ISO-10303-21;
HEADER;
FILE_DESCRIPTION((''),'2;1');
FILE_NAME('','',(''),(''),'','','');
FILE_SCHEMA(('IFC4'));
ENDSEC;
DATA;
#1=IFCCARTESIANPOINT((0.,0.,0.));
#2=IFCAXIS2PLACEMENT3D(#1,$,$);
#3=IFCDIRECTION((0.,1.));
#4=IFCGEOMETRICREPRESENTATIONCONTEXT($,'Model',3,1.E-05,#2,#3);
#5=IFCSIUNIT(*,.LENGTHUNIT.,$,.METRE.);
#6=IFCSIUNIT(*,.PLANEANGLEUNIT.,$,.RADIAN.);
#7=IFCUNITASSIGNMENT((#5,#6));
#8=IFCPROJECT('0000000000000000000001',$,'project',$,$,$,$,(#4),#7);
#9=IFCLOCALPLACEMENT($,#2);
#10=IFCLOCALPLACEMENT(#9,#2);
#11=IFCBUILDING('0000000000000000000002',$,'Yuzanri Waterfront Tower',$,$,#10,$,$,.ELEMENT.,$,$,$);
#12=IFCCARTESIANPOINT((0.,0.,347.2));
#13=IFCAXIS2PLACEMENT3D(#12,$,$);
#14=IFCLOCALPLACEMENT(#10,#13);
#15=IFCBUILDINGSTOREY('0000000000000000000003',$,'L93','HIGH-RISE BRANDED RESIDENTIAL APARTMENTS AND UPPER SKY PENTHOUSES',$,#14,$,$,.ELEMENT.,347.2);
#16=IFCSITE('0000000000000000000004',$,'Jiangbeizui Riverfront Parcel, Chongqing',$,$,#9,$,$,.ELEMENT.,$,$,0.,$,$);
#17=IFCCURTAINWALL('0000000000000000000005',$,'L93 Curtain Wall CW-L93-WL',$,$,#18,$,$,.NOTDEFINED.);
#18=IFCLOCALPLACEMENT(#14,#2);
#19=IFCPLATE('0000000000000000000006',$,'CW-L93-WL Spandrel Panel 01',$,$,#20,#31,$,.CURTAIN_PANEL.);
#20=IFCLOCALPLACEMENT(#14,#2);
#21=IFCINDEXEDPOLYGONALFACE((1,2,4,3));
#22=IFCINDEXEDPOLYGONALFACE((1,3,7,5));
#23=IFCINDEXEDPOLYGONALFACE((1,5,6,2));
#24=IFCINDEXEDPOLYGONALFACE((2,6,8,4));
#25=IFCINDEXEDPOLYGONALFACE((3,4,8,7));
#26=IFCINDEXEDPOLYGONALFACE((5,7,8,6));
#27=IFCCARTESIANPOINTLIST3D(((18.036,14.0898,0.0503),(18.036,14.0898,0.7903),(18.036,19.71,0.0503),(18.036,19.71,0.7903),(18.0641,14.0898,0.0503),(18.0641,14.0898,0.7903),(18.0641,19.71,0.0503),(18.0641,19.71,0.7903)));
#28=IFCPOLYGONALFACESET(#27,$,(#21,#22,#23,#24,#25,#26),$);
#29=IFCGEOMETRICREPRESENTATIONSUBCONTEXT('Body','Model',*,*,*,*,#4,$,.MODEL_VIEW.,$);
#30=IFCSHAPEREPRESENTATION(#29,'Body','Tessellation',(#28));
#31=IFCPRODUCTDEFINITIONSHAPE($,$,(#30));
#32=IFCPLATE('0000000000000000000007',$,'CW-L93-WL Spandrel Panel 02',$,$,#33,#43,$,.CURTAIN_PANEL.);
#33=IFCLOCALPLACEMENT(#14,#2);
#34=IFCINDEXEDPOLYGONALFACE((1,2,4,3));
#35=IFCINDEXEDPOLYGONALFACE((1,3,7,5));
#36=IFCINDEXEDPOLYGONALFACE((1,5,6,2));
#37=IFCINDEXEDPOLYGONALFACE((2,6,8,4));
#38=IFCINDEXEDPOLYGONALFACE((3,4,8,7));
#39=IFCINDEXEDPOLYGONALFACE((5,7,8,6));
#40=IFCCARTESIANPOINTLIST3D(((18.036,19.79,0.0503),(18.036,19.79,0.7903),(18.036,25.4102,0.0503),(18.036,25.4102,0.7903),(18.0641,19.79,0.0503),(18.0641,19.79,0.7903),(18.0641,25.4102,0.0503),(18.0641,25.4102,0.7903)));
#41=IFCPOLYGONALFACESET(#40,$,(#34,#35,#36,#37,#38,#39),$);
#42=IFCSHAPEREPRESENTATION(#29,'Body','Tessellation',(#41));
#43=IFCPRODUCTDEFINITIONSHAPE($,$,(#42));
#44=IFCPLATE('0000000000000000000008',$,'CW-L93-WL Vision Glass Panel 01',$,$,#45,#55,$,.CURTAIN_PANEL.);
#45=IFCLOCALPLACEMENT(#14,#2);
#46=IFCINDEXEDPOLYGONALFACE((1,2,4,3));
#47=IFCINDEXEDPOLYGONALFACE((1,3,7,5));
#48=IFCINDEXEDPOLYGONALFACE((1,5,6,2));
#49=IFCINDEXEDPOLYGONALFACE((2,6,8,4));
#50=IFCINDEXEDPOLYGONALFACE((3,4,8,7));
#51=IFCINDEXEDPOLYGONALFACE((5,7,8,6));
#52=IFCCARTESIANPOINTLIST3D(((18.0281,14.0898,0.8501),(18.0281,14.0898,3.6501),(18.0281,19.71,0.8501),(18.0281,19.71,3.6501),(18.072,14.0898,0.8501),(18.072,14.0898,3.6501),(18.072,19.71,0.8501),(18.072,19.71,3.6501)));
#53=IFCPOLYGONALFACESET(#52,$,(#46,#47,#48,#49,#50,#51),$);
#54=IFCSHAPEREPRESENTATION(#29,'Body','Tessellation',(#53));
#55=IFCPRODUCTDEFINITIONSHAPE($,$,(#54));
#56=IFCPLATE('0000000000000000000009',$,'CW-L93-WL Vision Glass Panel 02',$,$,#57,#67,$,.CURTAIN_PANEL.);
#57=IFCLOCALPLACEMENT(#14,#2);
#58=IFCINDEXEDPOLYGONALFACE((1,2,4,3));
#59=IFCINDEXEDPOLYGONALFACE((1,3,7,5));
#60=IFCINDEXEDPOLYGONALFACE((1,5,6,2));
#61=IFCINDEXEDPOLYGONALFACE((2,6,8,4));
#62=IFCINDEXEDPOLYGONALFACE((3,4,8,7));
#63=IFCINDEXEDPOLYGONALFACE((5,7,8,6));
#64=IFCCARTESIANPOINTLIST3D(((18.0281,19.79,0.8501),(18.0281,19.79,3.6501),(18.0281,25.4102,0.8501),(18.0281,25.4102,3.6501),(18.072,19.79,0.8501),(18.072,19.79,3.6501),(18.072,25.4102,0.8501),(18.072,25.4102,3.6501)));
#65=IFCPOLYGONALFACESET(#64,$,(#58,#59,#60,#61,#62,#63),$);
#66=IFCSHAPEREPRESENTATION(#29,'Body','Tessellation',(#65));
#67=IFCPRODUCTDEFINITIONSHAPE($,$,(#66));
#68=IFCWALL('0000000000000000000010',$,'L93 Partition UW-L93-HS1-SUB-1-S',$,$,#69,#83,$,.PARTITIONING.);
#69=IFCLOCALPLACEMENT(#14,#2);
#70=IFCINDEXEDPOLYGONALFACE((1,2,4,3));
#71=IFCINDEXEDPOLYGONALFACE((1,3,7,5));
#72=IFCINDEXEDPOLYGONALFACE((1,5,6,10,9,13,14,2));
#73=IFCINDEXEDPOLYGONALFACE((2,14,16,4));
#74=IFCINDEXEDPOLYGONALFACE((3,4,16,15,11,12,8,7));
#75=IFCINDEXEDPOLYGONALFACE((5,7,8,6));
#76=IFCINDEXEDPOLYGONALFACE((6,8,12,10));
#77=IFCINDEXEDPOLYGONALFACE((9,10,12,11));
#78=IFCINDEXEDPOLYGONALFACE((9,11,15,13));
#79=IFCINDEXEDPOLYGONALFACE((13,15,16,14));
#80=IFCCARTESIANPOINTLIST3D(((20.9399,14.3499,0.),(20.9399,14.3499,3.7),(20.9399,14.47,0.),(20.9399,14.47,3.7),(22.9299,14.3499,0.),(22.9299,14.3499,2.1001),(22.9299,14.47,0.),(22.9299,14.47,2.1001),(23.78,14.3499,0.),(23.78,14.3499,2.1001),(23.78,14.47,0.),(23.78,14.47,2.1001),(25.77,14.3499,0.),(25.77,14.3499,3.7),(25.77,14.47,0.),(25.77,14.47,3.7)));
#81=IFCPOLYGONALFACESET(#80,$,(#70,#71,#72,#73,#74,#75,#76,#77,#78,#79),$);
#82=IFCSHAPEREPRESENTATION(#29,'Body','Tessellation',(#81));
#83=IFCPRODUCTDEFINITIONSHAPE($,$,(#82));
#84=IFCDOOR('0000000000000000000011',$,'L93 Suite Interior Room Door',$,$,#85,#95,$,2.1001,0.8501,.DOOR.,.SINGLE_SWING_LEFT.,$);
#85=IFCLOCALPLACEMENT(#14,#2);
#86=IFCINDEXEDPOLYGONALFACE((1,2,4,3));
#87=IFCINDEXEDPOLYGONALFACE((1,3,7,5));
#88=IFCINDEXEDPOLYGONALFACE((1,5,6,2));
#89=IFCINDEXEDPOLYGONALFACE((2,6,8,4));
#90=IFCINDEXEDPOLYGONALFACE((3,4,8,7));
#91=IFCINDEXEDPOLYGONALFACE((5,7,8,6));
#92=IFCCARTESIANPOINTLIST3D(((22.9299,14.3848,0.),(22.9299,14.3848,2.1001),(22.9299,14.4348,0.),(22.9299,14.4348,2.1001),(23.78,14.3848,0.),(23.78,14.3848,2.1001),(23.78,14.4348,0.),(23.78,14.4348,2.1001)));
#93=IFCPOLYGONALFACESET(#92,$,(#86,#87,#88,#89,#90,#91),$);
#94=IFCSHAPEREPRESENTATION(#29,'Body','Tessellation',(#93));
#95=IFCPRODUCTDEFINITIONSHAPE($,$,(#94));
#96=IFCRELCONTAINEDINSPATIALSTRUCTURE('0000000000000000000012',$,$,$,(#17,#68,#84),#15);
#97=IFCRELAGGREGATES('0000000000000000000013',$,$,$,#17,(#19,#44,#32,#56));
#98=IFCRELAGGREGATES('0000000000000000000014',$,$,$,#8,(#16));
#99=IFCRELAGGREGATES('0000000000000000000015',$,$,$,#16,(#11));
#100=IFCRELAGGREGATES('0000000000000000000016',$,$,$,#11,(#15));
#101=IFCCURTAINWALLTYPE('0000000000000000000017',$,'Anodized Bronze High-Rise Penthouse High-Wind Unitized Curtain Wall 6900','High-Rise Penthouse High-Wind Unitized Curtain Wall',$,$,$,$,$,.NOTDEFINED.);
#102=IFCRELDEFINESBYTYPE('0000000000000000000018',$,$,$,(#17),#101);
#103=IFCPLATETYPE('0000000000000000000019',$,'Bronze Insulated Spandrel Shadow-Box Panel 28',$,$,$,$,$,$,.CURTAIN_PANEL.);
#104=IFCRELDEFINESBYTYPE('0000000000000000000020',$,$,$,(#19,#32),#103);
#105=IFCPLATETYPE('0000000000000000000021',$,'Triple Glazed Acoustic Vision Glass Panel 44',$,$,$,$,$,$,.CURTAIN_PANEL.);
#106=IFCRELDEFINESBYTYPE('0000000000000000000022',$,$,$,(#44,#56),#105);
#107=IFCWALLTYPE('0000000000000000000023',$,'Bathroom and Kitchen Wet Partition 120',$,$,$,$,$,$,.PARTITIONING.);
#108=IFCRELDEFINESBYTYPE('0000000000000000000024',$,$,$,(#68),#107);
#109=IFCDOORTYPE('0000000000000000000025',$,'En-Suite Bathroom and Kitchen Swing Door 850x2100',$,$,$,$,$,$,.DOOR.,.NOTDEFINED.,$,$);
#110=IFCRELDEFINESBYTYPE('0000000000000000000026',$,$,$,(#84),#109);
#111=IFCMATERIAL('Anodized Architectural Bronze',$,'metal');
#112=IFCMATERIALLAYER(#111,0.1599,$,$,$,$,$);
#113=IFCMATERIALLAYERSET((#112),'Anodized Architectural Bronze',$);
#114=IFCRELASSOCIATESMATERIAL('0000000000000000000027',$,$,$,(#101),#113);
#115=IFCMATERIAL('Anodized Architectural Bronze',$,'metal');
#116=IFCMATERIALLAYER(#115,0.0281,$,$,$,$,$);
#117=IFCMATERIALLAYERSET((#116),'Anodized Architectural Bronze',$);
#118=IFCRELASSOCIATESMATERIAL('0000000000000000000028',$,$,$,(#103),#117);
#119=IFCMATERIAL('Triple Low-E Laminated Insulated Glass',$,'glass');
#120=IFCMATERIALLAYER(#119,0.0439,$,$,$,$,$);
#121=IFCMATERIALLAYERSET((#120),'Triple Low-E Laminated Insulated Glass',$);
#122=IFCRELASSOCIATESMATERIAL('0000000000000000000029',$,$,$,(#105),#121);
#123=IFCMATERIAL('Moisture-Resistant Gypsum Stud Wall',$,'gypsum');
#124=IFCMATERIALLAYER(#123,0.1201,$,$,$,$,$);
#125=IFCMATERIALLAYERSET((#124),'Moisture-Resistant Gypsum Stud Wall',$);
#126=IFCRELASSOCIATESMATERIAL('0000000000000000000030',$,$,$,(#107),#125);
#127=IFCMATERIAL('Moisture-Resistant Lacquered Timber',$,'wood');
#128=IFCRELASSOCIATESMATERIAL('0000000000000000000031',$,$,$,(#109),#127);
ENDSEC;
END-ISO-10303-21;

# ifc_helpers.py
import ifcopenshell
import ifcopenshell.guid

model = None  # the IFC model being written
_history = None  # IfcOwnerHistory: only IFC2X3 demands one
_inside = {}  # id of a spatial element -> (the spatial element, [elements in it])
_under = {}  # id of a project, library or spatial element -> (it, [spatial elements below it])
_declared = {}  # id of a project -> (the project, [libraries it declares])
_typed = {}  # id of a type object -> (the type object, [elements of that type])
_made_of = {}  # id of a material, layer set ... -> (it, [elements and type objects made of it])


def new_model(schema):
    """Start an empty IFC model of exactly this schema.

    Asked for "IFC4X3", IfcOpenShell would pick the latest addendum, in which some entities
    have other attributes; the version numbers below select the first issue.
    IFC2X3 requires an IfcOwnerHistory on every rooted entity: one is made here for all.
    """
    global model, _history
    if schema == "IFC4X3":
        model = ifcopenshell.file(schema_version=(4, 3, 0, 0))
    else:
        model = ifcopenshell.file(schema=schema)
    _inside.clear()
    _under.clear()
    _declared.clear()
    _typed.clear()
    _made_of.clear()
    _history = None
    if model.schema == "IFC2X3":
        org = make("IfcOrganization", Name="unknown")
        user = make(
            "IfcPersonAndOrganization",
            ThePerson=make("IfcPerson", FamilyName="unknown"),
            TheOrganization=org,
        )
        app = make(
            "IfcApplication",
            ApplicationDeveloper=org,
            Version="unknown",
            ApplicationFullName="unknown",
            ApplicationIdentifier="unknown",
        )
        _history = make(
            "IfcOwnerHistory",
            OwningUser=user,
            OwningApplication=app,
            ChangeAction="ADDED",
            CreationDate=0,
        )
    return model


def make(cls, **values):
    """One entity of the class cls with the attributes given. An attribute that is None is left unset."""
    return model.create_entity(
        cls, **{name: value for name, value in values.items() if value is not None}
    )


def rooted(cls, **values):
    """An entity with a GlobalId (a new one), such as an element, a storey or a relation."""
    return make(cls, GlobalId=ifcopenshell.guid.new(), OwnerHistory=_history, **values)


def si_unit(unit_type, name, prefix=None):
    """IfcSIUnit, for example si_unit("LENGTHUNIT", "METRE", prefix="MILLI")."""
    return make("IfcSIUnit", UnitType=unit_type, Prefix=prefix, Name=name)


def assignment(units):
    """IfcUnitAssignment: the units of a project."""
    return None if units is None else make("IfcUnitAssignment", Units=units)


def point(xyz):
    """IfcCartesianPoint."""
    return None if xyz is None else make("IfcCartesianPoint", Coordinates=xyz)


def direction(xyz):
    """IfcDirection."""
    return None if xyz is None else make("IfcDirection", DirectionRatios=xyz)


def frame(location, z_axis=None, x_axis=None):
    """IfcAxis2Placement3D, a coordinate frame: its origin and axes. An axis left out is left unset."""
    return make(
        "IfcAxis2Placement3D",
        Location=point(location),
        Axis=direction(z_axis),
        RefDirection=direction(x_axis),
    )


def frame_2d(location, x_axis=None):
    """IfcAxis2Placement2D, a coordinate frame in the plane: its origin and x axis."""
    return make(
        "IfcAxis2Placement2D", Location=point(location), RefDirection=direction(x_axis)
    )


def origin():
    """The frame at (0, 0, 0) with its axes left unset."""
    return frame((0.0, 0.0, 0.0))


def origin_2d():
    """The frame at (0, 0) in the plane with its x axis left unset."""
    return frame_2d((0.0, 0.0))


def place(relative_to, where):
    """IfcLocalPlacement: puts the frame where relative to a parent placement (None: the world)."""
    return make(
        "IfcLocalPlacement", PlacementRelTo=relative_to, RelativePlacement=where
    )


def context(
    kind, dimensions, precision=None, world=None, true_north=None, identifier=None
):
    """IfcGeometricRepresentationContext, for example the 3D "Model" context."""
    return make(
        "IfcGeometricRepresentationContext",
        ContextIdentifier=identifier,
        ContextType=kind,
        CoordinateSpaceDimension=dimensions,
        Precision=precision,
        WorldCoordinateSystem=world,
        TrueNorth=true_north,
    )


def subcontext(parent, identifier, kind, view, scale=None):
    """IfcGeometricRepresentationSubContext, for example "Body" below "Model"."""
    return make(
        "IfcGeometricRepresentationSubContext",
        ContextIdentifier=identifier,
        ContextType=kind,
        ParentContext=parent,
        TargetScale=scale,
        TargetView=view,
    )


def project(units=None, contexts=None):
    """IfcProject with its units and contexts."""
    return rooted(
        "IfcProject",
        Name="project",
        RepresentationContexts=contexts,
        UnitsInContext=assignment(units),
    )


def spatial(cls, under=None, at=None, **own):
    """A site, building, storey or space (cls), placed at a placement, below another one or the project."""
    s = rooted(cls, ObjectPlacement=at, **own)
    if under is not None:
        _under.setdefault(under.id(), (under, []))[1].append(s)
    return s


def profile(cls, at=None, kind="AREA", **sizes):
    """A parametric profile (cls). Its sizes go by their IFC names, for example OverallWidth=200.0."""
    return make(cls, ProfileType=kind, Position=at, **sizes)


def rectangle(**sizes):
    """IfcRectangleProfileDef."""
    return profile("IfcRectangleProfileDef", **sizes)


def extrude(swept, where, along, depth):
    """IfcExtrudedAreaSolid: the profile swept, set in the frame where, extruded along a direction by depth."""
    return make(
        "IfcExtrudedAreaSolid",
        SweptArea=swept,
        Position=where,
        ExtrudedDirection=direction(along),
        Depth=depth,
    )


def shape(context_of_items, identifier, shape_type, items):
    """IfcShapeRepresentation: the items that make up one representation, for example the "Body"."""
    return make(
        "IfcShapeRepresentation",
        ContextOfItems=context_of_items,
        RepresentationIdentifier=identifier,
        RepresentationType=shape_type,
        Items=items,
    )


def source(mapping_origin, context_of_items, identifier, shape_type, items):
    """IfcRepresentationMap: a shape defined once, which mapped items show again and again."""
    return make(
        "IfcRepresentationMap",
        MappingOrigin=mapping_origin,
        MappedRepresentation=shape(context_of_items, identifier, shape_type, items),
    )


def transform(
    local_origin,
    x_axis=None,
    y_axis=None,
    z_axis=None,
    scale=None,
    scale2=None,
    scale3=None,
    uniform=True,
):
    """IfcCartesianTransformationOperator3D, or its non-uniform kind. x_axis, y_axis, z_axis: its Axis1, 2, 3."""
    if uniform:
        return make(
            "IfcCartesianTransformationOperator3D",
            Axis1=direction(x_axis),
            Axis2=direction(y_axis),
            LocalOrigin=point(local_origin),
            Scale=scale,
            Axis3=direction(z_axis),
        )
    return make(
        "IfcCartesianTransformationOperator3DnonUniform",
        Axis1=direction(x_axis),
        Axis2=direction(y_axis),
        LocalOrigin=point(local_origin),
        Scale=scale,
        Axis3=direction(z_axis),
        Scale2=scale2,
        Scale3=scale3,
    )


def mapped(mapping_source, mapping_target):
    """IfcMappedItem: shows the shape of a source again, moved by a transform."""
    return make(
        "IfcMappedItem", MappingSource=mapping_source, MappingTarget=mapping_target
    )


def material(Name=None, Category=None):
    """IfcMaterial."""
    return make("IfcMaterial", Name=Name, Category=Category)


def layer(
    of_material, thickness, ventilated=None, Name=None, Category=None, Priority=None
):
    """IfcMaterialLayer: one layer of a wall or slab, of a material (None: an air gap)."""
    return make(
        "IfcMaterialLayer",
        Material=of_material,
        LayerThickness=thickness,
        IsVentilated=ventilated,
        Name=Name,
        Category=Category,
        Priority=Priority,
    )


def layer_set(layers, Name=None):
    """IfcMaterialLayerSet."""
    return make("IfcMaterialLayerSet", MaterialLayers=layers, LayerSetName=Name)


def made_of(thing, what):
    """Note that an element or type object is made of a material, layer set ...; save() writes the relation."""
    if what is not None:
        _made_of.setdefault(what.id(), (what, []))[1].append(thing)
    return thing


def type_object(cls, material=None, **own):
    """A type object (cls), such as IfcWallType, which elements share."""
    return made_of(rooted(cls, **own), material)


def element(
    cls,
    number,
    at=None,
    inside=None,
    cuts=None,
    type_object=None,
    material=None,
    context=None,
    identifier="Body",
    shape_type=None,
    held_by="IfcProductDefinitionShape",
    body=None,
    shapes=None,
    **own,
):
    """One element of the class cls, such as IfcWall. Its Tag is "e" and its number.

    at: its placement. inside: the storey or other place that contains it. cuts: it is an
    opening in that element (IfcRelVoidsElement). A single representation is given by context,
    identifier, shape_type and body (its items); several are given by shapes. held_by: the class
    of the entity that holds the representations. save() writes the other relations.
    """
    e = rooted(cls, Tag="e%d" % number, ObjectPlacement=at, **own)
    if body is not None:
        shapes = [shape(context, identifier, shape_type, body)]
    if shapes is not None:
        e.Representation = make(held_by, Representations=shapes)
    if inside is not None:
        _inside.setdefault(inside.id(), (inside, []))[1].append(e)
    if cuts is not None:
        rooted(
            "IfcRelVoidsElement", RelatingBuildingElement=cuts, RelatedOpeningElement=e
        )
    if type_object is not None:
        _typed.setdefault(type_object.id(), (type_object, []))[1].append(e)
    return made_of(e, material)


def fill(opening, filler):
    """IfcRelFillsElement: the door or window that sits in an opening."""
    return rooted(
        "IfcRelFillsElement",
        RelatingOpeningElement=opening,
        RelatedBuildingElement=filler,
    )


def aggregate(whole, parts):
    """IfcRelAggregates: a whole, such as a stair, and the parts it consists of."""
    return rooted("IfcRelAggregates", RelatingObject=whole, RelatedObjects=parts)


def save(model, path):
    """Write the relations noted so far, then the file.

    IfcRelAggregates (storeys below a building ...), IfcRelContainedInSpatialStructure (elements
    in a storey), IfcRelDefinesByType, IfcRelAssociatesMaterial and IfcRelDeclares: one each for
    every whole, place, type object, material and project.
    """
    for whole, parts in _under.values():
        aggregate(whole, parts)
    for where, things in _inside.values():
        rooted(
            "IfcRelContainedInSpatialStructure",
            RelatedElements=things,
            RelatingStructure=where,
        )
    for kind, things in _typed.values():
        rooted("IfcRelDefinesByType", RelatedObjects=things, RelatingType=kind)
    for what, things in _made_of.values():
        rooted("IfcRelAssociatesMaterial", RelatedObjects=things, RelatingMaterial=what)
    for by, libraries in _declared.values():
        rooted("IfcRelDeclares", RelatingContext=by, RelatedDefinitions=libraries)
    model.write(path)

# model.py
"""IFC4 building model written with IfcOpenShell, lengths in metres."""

from ifc_helpers import new_model, si_unit, direction, frame, frame_2d, origin, origin_2d, place, context, subcontext, project, spatial, rectangle, extrude, source, transform, mapped, material, layer, layer_set, type_object, element, fill, aggregate, save


model = new_model("IFC4")

# Units and contexts
model_context = context("Model", 3, precision=1e-05, world=origin(), true_north=direction((0.0, 1.0)))
body_context = subcontext(model_context, "Body", "Model", "MODEL_VIEW")
ifc_project = project(units=[si_unit("LENGTHUNIT", "METRE"), si_unit("PLANEANGLEUNIT", "RADIAN")], contexts=[model_context])

# Site, building, storey
site_placement = place(None, origin())
site = spatial("IfcSite", under=ifc_project, at=site_placement, Name="Jiangbeizui Riverfront Parcel, Chongqing", CompositionType="ELEMENT", RefElevation=0.0)
building_placement = place(site_placement, origin())
building = spatial("IfcBuilding", under=site, at=building_placement, Name="Yuzanri Waterfront Tower", CompositionType="ELEMENT")
storey_placement = place(building_placement, frame((0.0, 0.0, 347.2)))
storey = spatial("IfcBuildingStorey", under=building, at=storey_placement, Name="L93", Description="HIGH-RISE BRANDED RESIDENTIAL APARTMENTS AND UPPER SKY PENTHOUSES", CompositionType="ELEMENT", Elevation=347.2)

# Curtain wall, plates
ifc_material_1 = material(Name="Anodized Architectural Bronze", Category="metal")
ifc_layer_1 = layer(ifc_material_1, 0.1599)
ifc_layer_set_1 = layer_set([ifc_layer_1], Name="Anodized Architectural Bronze")
curtain_wall_type = type_object("IfcCurtainWallType", Name="Anodized Bronze High-Rise Penthouse High-Wind Unitized Curtain Wall 6900", Description="High-Rise Penthouse High-Wind Unitized Curtain Wall", PredefinedType="NOTDEFINED", material=ifc_layer_set_1)
curtain_wall_placement = place(storey_placement, origin())
curtain_wall = element("IfcCurtainWall", 1, at=curtain_wall_placement, inside=storey, type_object=curtain_wall_type, Name="L93 Curtain Wall CW-L93-WL", PredefinedType="NOTDEFINED")
ifc_material_2 = material(Name="Anodized Architectural Bronze", Category="metal")
ifc_layer_2 = layer(ifc_material_2, 0.0281)
ifc_layer_set_2 = layer_set([ifc_layer_2], Name="Anodized Architectural Bronze")
plate_type_1 = type_object("IfcPlateType", Name="Bronze Insulated Spandrel Shadow-Box Panel 28", PredefinedType="CURTAIN_PANEL", material=ifc_layer_set_2)
shared_shape_1 = source(origin(), body_context, "Body", "SweptSolid", [
    extrude(rectangle(XDim=5.6201, YDim=0.0281, at=origin_2d()), origin(), (0.0, 0.0, 1.0), 0.74),
])
plate_1_placement = place(storey_placement, frame((18.05, 16.8999, 0.0503), z_axis=(0.0, 0.0, 1.0), x_axis=(0.0, 1.0, 0.0)))
plate_1 = element("IfcPlate", 2, at=plate_1_placement, type_object=plate_type_1, Name="CW-L93-WL Spandrel Panel 01", PredefinedType="CURTAIN_PANEL", context=body_context, shape_type="MappedRepresentation", body=[
    mapped(shared_shape_1, transform((0.0, 0.0, 0.0), scale=1.0)),
])
plate_2_placement = place(storey_placement, frame((18.05, 22.6001, 0.0503), z_axis=(0.0, 0.0, 1.0), x_axis=(0.0, 1.0, 0.0)))
plate_2 = element("IfcPlate", 3, at=plate_2_placement, type_object=plate_type_1, Name="CW-L93-WL Spandrel Panel 02", PredefinedType="CURTAIN_PANEL", context=body_context, shape_type="MappedRepresentation", body=[
    mapped(shared_shape_1, transform((0.0, 0.0, 0.0), scale=1.0)),
])
ifc_material_3 = material(Name="Triple Low-E Laminated Insulated Glass", Category="glass")
ifc_layer_3 = layer(ifc_material_3, 0.0439)
ifc_layer_set_3 = layer_set([ifc_layer_3], Name="Triple Low-E Laminated Insulated Glass")
plate_type_2 = type_object("IfcPlateType", Name="Triple Glazed Acoustic Vision Glass Panel 44", PredefinedType="CURTAIN_PANEL", material=ifc_layer_set_3)
shared_shape_2 = source(origin(), body_context, "Body", "SweptSolid", [
    extrude(rectangle(XDim=5.6201, YDim=0.0439, at=origin_2d()), origin(), (0.0, 0.0, 1.0), 2.8),
])
plate_3_placement = place(storey_placement, frame((18.05, 16.8999, 0.8501), z_axis=(0.0, 0.0, 1.0), x_axis=(0.0, 1.0, 0.0)))
plate_3 = element("IfcPlate", 4, at=plate_3_placement, type_object=plate_type_2, Name="CW-L93-WL Vision Glass Panel 01", PredefinedType="CURTAIN_PANEL", context=body_context, shape_type="MappedRepresentation", body=[
    mapped(shared_shape_2, transform((0.0, 0.0, 0.0), scale=1.0)),
])
plate_4_placement = place(storey_placement, frame((18.05, 22.6001, 0.8501), z_axis=(0.0, 0.0, 1.0), x_axis=(0.0, 1.0, 0.0)))
plate_4 = element("IfcPlate", 5, at=plate_4_placement, type_object=plate_type_2, Name="CW-L93-WL Vision Glass Panel 02", PredefinedType="CURTAIN_PANEL", context=body_context, shape_type="MappedRepresentation", body=[
    mapped(shared_shape_2, transform((0.0, 0.0, 0.0), scale=1.0)),
])
aggregate(curtain_wall, [plate_1, plate_3, plate_2, plate_4])

# Wall, opening, door
ifc_material_4 = material(Name="Moisture-Resistant Gypsum Stud Wall", Category="gypsum")
ifc_layer_4 = layer(ifc_material_4, 0.1201)
ifc_layer_set_4 = layer_set([ifc_layer_4], Name="Moisture-Resistant Gypsum Stud Wall")
wall_type_1 = type_object("IfcWallType", Name="Bathroom and Kitchen Wet Partition 120", PredefinedType="PARTITIONING", material=ifc_layer_set_4)
wall_1_placement = place(storey_placement, frame((20.9399, 14.4099, 0.0), z_axis=(0.0, 0.0, 1.0), x_axis=(1.0, 0.0, 0.0)))
wall_1 = element("IfcWall", 6, at=wall_1_placement, inside=storey, type_object=wall_type_1, Name="L93 Partition UW-L93-HS1-SUB-1-S", PredefinedType="PARTITIONING", context=body_context, shape_type="SweptSolid", body=[
    extrude(rectangle(XDim=4.8301, YDim=0.1201, at=frame_2d((2.415, 0.0))), origin(), (0.0, 0.0, 1.0), 3.7),
])
opening_1_placement = place(wall_1_placement, frame((1.99, 0.0, 0.0)))
opening_1 = element("IfcOpeningElement", 7, at=opening_1_placement, cuts=wall_1, PredefinedType="OPENING", context=body_context, shape_type="SweptSolid", body=[
    extrude(rectangle(XDim=0.8501, YDim=2.1001, at=frame_2d((0.425, 1.05))), frame((0.0, 0.075, 0.0), z_axis=(0.0, -1.0, 0.0), x_axis=(1.0, 0.0, 0.0)), (0.0, 0.0, 1.0), 0.1499),
])
ifc_material_5 = material(Name="Moisture-Resistant Lacquered Timber", Category="wood")
door_type_1 = type_object("IfcDoorType", Name="En-Suite Bathroom and Kitchen Swing Door 850x2100", OperationType="NOTDEFINED", PredefinedType="DOOR", material=ifc_material_5)
shared_shape_3 = source(origin(), body_context, "Body", "SweptSolid", [
    extrude(rectangle(XDim=0.8501, YDim=2.1001, at=frame_2d((0.425, 1.05))), frame((0.0, 0.0249, 0.0), z_axis=(0.0, -1.0, 0.0), x_axis=(1.0, 0.0, 0.0)), (0.0, 0.0, 1.0), 0.05),
])
door_1_placement = place(opening_1_placement, origin())
door_1 = element("IfcDoor", 8, at=door_1_placement, inside=storey, type_object=door_type_1, Name="L93 Suite Interior Room Door", OperationType="SINGLE_SWING_LEFT", OverallHeight=2.1001, OverallWidth=0.8501, PredefinedType="DOOR", context=body_context, shape_type="MappedRepresentation", body=[
    mapped(shared_shape_3, transform((0.0, 0.0, 0.0), scale=1.0)),
])
fill(opening_1, door_1)

save(model, "model.ifc")
